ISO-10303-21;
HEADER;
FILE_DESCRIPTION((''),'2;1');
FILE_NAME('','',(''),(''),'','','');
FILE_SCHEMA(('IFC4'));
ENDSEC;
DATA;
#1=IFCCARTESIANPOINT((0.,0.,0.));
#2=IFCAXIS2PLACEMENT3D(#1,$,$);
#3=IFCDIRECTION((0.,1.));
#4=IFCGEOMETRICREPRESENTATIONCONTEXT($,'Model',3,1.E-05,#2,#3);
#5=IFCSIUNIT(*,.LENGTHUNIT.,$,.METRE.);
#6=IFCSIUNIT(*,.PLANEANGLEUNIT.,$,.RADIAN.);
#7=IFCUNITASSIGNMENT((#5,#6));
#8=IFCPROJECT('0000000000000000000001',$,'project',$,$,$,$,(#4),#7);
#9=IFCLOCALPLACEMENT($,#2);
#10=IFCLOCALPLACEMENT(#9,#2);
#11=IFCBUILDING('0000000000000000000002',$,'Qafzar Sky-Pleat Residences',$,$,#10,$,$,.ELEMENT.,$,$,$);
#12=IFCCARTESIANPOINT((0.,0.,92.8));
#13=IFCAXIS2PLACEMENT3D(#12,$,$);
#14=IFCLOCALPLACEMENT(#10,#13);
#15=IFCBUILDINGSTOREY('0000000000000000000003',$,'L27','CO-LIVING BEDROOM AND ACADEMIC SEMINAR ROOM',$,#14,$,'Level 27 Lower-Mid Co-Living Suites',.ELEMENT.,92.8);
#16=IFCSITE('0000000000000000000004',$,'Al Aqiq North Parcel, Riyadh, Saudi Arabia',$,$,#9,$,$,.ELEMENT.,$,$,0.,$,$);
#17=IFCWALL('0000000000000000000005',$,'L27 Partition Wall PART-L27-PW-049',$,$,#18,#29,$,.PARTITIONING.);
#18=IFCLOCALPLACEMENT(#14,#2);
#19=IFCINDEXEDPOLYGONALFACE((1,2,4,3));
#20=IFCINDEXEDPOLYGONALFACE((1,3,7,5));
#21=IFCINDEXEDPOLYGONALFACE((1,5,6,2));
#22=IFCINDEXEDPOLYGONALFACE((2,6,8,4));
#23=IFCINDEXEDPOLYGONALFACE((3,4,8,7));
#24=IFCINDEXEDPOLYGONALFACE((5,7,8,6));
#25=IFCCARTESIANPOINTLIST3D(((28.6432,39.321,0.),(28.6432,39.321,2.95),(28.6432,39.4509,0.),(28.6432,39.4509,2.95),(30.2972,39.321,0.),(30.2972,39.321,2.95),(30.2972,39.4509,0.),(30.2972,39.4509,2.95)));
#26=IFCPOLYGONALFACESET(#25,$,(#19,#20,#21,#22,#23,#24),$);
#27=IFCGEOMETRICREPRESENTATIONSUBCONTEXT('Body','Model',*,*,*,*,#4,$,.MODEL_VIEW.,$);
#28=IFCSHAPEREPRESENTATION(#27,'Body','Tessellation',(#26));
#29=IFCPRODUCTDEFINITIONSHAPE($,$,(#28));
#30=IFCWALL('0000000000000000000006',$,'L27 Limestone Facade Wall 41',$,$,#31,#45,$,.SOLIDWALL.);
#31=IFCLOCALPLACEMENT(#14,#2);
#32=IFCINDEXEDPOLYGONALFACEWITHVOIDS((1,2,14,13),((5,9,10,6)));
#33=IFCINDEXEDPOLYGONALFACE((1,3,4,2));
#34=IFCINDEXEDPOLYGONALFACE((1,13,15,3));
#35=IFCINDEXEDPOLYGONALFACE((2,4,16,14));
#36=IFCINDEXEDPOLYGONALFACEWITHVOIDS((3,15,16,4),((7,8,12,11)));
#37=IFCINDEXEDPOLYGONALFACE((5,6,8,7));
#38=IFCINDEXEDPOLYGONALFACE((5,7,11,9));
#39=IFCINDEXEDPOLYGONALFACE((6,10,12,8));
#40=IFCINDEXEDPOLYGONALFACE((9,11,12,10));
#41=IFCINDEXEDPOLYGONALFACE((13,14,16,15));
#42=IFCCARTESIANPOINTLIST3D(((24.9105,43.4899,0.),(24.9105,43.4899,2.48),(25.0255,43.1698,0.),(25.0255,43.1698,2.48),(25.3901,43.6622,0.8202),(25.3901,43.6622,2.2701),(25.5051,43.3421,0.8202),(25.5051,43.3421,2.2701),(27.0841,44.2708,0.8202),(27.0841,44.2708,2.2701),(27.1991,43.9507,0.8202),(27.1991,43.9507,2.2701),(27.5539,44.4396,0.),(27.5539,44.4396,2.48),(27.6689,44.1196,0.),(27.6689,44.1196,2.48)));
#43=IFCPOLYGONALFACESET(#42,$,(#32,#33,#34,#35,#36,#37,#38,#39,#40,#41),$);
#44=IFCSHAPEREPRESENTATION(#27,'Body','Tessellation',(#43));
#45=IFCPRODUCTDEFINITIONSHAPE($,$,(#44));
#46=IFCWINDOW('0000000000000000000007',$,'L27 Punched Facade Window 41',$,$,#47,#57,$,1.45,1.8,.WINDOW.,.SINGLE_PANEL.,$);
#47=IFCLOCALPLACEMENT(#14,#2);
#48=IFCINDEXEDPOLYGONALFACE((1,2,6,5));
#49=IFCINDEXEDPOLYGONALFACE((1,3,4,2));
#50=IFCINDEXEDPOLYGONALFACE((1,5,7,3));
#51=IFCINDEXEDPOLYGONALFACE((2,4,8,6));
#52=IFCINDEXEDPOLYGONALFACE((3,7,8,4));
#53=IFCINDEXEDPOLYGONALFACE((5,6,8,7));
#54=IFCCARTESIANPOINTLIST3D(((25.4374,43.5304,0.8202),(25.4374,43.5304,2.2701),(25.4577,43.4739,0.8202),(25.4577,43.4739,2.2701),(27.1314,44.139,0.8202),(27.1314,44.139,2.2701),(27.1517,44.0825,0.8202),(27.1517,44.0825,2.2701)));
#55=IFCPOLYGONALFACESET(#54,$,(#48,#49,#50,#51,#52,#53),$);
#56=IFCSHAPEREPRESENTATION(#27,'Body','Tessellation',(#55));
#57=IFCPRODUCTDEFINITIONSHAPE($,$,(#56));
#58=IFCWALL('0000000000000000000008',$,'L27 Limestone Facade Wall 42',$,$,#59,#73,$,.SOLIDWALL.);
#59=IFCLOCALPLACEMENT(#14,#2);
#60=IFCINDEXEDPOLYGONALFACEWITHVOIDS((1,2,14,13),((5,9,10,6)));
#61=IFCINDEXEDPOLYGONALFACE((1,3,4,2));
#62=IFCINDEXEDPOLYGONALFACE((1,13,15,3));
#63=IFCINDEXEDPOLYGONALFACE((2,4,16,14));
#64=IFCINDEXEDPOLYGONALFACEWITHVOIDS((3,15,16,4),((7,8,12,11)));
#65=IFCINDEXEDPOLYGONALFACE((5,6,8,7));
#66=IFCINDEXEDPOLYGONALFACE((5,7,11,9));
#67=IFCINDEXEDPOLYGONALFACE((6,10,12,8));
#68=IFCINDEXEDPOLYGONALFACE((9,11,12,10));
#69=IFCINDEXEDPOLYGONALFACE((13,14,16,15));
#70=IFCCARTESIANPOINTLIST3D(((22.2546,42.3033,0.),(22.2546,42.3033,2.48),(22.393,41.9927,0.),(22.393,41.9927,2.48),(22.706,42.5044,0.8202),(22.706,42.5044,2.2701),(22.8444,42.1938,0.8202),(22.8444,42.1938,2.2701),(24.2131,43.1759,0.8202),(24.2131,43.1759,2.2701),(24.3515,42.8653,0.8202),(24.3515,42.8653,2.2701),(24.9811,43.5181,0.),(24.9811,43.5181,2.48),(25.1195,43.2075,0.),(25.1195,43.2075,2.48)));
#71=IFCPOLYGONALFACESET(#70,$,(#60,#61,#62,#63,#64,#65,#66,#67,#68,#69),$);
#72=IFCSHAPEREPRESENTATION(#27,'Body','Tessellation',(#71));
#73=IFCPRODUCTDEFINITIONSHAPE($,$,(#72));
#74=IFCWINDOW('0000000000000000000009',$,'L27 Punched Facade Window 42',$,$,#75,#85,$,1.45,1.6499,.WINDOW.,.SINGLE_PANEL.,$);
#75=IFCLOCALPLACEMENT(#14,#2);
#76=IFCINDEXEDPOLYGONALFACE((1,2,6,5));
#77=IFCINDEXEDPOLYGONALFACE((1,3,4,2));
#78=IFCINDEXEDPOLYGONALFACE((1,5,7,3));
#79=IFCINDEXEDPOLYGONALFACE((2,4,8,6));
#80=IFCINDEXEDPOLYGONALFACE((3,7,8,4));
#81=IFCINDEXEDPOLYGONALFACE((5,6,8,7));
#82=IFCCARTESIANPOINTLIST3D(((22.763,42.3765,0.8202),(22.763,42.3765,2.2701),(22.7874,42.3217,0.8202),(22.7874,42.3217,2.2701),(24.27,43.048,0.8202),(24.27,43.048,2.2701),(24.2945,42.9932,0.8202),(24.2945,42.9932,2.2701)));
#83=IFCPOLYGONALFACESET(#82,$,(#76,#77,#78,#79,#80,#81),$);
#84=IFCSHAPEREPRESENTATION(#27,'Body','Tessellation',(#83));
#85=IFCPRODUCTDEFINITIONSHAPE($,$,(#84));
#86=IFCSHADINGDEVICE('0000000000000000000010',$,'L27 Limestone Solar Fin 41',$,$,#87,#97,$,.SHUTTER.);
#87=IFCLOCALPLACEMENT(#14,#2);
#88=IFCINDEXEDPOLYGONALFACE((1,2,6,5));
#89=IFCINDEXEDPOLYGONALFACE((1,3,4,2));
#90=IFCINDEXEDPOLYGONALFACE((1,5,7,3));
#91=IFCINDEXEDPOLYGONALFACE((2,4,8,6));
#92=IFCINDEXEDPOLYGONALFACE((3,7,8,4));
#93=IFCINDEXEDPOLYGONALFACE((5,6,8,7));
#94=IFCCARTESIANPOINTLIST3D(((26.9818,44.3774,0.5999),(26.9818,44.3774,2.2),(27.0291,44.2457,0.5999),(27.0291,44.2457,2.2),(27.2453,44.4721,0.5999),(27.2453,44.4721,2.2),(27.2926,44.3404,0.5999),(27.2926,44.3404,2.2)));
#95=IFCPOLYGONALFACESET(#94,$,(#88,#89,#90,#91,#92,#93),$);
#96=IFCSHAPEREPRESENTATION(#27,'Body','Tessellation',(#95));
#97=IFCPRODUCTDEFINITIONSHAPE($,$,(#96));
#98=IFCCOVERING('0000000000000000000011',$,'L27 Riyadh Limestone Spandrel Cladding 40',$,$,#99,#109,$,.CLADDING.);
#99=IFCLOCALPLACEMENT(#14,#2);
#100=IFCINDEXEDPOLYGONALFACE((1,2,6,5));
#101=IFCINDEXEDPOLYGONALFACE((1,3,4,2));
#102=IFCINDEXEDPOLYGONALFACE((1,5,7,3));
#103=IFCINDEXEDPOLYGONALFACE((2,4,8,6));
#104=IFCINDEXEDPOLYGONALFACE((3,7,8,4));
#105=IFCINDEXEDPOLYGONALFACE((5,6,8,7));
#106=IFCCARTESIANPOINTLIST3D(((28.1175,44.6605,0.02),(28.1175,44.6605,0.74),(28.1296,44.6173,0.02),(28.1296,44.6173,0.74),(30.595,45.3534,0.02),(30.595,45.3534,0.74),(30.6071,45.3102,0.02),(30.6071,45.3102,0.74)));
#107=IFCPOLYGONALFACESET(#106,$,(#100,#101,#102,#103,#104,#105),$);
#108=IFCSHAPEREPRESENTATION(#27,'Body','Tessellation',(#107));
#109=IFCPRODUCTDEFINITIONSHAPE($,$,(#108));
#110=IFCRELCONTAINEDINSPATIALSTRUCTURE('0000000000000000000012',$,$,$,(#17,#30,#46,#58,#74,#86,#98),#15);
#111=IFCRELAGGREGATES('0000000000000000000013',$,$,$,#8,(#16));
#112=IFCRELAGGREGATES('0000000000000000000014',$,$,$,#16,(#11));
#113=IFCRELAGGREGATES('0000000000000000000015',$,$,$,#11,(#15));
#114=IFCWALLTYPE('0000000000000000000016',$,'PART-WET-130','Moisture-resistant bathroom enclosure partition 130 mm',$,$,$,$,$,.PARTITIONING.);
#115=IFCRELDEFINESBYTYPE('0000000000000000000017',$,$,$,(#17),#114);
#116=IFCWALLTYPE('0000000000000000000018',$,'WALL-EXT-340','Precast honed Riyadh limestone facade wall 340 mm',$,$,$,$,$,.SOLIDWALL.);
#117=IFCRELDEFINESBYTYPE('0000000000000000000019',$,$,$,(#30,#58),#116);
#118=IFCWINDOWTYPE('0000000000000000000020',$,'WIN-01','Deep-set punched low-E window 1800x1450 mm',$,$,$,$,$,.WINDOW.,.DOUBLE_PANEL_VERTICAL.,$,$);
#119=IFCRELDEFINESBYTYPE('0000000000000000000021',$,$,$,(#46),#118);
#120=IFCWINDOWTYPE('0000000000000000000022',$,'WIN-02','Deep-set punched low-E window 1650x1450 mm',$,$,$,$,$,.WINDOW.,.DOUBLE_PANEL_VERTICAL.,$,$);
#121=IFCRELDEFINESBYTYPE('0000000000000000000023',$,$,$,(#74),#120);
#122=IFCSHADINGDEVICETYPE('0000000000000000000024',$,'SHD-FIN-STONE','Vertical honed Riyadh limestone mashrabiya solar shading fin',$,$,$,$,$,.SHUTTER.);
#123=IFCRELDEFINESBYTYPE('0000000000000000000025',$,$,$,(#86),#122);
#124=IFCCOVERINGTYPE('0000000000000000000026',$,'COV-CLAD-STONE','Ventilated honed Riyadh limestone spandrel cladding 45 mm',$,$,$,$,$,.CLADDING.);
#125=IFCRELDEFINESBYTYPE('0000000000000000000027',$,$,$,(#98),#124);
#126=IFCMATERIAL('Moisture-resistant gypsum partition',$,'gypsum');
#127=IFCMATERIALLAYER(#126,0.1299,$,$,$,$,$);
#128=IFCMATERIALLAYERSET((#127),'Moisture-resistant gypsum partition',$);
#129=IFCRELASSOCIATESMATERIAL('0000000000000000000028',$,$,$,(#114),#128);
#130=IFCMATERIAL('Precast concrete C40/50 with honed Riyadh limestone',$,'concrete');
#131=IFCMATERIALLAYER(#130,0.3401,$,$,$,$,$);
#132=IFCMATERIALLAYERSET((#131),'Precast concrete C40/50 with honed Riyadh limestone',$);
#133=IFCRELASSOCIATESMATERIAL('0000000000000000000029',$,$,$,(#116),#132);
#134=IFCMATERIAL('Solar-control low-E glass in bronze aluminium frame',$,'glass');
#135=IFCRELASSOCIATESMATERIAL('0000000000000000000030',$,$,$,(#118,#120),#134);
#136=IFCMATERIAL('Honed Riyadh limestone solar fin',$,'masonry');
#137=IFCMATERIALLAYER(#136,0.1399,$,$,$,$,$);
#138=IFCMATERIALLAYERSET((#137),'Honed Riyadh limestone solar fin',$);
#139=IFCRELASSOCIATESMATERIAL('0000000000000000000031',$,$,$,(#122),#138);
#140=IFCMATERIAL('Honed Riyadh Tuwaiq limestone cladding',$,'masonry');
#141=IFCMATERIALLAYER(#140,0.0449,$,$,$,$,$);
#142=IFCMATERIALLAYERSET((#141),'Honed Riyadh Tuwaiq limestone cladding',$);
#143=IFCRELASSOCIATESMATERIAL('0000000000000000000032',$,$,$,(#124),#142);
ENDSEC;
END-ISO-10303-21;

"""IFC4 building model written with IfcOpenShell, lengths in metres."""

from ifc_helpers import new_model, si_unit, direction, frame, frame_2d, origin, origin_2d, place, context, subcontext, project, spatial, rectangle, extrude, source, transform, mapped, material, layer, layer_set, type_object, element, fill, save


model = new_model("IFC4")

# Units and contexts
model_context = context("Model", 3, precision=1e-05, world=origin(), true_north=direction((0.0, 1.0)))
body_context = subcontext(model_context, "Body", "Model", "MODEL_VIEW")
ifc_project = project(units=[si_unit("LENGTHUNIT", "METRE"), si_unit("PLANEANGLEUNIT", "RADIAN")], contexts=[model_context])

# Site, building, storey
site_placement = place(None, origin())
site = spatial("IfcSite", under=ifc_project, at=site_placement, Name="Al Aqiq North Parcel, Riyadh, Saudi Arabia", CompositionType="ELEMENT", RefElevation=0.0)
building_placement = place(site_placement, origin())
building = spatial("IfcBuilding", under=site, at=building_placement, Name="Qafzar Sky-Pleat Residences", CompositionType="ELEMENT")
storey_placement = place(building_placement, frame((0.0, 0.0, 92.8)))
storey = spatial("IfcBuildingStorey", under=building, at=storey_placement, Name="L27", Description="CO-LIVING BEDROOM AND ACADEMIC SEMINAR ROOM", LongName="Level 27 Lower-Mid Co-Living Suites", CompositionType="ELEMENT", Elevation=92.8)

# Shared definitions
ifc_material_1 = material(Name="Moisture-resistant gypsum partition", Category="gypsum")
ifc_layer_1 = layer(ifc_material_1, 0.1299)
ifc_layer_set_1 = layer_set([ifc_layer_1], Name="Moisture-resistant gypsum partition")
wall_type_1 = type_object("IfcWallType", Name="PART-WET-130", Description="Moisture-resistant bathroom enclosure partition 130 mm", PredefinedType="PARTITIONING", material=ifc_layer_set_1)

# Wall
wall_1_placement = place(storey_placement, frame((28.6431, 39.386, 0.0), z_axis=(0.0, 0.0, 1.0), x_axis=(1.0, 0.0, 0.0)))
element("IfcWall", 1, at=wall_1_placement, inside=storey, type_object=wall_type_1, Name="L27 Partition Wall PART-L27-PW-049", PredefinedType="PARTITIONING", context=body_context, shape_type="SweptSolid", body=[
    extrude(rectangle(XDim=1.6541, YDim=0.1299, at=frame_2d((0.8271, 0.0))), origin(), (0.0, 0.0, 1.0), 2.95),
])

# Walls, openings, windows
ifc_material_2 = material(Name="Precast concrete C40/50 with honed Riyadh limestone", Category="concrete")
ifc_layer_2 = layer(ifc_material_2, 0.3401)
ifc_layer_set_2 = layer_set([ifc_layer_2], Name="Precast concrete C40/50 with honed Riyadh limestone")
wall_type_2 = type_object("IfcWallType", Name="WALL-EXT-340", Description="Precast honed Riyadh limestone facade wall 340 mm", PredefinedType="SOLIDWALL", material=ifc_layer_set_2)
wall_2_placement = place(storey_placement, frame((27.6113, 44.2795, 0.0), z_axis=(0.0, 0.0, 1.0), x_axis=(-0.941101, -0.338125, 0.0)))
wall_2 = element("IfcWall", 2, at=wall_2_placement, inside=storey, type_object=wall_type_2, Name="L27 Limestone Facade Wall 41", PredefinedType="SOLIDWALL", context=body_context, shape_type="SweptSolid", body=[
    extrude(rectangle(XDim=2.8088, YDim=0.3401, at=frame_2d((1.4043, 0.0))), origin(), (0.0, 0.0, 1.0), 2.48),
])
opening_1_placement = place(wall_2_placement, frame((0.4993, 0.0, 0.8201)))
opening_1 = element("IfcOpeningElement", 3, at=opening_1_placement, cuts=wall_2, PredefinedType="OPENING", context=body_context, shape_type="SweptSolid", body=[
    extrude(rectangle(XDim=1.8, YDim=1.45, at=frame_2d((0.8999, 0.7251))), frame((0.0, 0.1802, 0.0), z_axis=(0.0, -1.0, 0.0), x_axis=(1.0, 0.0, 0.0)), (0.0, 0.0, 1.0), 0.3601),
])
ifc_material_3 = material(Name="Solar-control low-E glass in bronze aluminium frame", Category="glass")
window_type_1 = type_object("IfcWindowType", Name="WIN-01", Description="Deep-set punched low-E window 1800x1450 mm", PartitioningType="DOUBLE_PANEL_VERTICAL", PredefinedType="WINDOW", material=ifc_material_3)
shared_shape_1 = source(origin(), body_context, "Body", "SweptSolid", [
    extrude(rectangle(XDim=1.8, YDim=1.45, at=frame_2d((0.8999, 0.7251))), frame((0.0, 0.03, 0.0), z_axis=(0.0, -1.0, 0.0), x_axis=(1.0, 0.0, 0.0)), (0.0, 0.0, 1.0), 0.0601),
])
window_1_placement = place(opening_1_placement, origin())
window_1 = element("IfcWindow", 4, at=window_1_placement, inside=storey, type_object=window_type_1, Name="L27 Punched Facade Window 41", OverallHeight=1.45, OverallWidth=1.8, PartitioningType="SINGLE_PANEL", PredefinedType="WINDOW", context=body_context, shape_type="MappedRepresentation", body=[
    mapped(shared_shape_1, transform((0.0, 0.0, 0.0), x_axis=(1.0, 0.0, 0.0), y_axis=(0.0, 1.0, 0.0), z_axis=(0.0, 0.0, 1.0), scale=1.0)),
])
fill(opening_1, window_1)
wall_3_placement = place(storey_placement, frame((25.0503, 43.3628, 0.0), z_axis=(0.0, 0.0, 1.0), x_axis=(-0.913433, -0.406988, 0.0)))
wall_3 = element("IfcWall", 5, at=wall_3_placement, inside=storey, type_object=wall_type_2, Name="L27 Limestone Facade Wall 42", PredefinedType="SOLIDWALL", context=body_context, shape_type="SweptSolid", body=[
    extrude(rectangle(XDim=2.9849, YDim=0.3401, at=frame_2d((1.4924, 0.0))), origin(), (0.0, 0.0, 1.0), 2.48),
])
opening_2_placement = place(wall_3_placement, frame((0.8408, 0.0, 0.8201)))
opening_2 = element("IfcOpeningElement", 6, at=opening_2_placement, cuts=wall_3, PredefinedType="OPENING", context=body_context, shape_type="SweptSolid", body=[
    extrude(rectangle(XDim=1.6499, YDim=1.45, at=frame_2d((0.825, 0.7251))), frame((0.0, 0.1802, 0.0), z_axis=(0.0, -1.0, 0.0), x_axis=(1.0, 0.0, 0.0)), (0.0, 0.0, 1.0), 0.3601),
])
window_type_2 = type_object("IfcWindowType", Name="WIN-02", Description="Deep-set punched low-E window 1650x1450 mm", PartitioningType="DOUBLE_PANEL_VERTICAL", PredefinedType="WINDOW", material=ifc_material_3)
shared_shape_2 = source(origin(), body_context, "Body", "SweptSolid", [
    extrude(rectangle(XDim=1.6499, YDim=1.45, at=frame_2d((0.825, 0.7251))), frame((0.0, 0.03, 0.0), z_axis=(0.0, -1.0, 0.0), x_axis=(1.0, 0.0, 0.0)), (0.0, 0.0, 1.0), 0.0601),
])
window_2_placement = place(opening_2_placement, origin())
window_2 = element("IfcWindow", 7, at=window_2_placement, inside=storey, type_object=window_type_2, Name="L27 Punched Facade Window 42", OverallHeight=1.45, OverallWidth=1.6499, PartitioningType="SINGLE_PANEL", PredefinedType="WINDOW", context=body_context, shape_type="MappedRepresentation", body=[
    mapped(shared_shape_2, transform((0.0, 0.0, 0.0), x_axis=(1.0, 0.0, 0.0), y_axis=(0.0, 1.0, 0.0), z_axis=(0.0, 0.0, 1.0), scale=1.0)),
])
fill(opening_2, window_2)

# Shading device
ifc_material_4 = material(Name="Honed Riyadh limestone solar fin", Category="masonry")
ifc_layer_3 = layer(ifc_material_4, 0.1399)
ifc_layer_set_3 = layer_set([ifc_layer_3], Name="Honed Riyadh limestone solar fin")
shading_device_type = type_object("IfcShadingDeviceType", Name="SHD-FIN-STONE", Description="Vertical honed Riyadh limestone mashrabiya solar shading fin", PredefinedType="SHUTTER", material=ifc_layer_set_3)
shared_shape_3 = source(origin(), body_context, "Body", "SweptSolid", [
    extrude(rectangle(XDim=0.1399, YDim=0.28, at=origin_2d()), origin(), (0.0, 0.0, 1.0), 1.6001),
])
shading_device_placement = place(storey_placement, frame((27.1372, 44.3589, 0.5999), z_axis=(0.0, 0.0, 1.0), x_axis=(-0.338158, 0.941089, 0.0)))
element("IfcShadingDevice", 8, at=shading_device_placement, inside=storey, type_object=shading_device_type, Name="L27 Limestone Solar Fin 41", PredefinedType="SHUTTER", context=body_context, shape_type="MappedRepresentation", body=[
    mapped(shared_shape_3, transform((0.0, 0.0, 0.0), x_axis=(1.0, 0.0, 0.0), y_axis=(0.0, 1.0, 0.0), z_axis=(0.0, 0.0, 1.0), scale=1.0)),
])

# Covering
ifc_material_5 = material(Name="Honed Riyadh Tuwaiq limestone cladding", Category="masonry")
ifc_layer_4 = layer(ifc_material_5, 0.0449)
ifc_layer_set_4 = layer_set([ifc_layer_4], Name="Honed Riyadh Tuwaiq limestone cladding")
covering_type = type_object("IfcCoveringType", Name="COV-CLAD-STONE", Description="Ventilated honed Riyadh limestone spandrel cladding 45 mm", PredefinedType="CLADDING", material=ifc_layer_set_4)
shared_shape_4 = source(origin(), body_context, "Body", "SweptSolid", [
    extrude(rectangle(XDim=2.5725, YDim=0.0449, at=origin_2d()), origin(), (0.0, 0.0, 1.0), 0.72),
])
covering_placement = place(storey_placement, frame((29.3623, 44.9854, 0.02), z_axis=(0.0, 0.0, 1.0), x_axis=(-0.963044, -0.269343, 0.0)))
element("IfcCovering", 9, at=covering_placement, inside=storey, type_object=covering_type, Name="L27 Riyadh Limestone Spandrel Cladding 40", PredefinedType="CLADDING", context=body_context, shape_type="MappedRepresentation", body=[
    mapped(shared_shape_4, transform((0.0, 0.0, 0.0), x_axis=(1.0, 0.0, 0.0), y_axis=(0.0, 1.0, 0.0), z_axis=(0.0, 0.0, 1.0), scale=1.0)),
])

save(model, "model.ifc")
